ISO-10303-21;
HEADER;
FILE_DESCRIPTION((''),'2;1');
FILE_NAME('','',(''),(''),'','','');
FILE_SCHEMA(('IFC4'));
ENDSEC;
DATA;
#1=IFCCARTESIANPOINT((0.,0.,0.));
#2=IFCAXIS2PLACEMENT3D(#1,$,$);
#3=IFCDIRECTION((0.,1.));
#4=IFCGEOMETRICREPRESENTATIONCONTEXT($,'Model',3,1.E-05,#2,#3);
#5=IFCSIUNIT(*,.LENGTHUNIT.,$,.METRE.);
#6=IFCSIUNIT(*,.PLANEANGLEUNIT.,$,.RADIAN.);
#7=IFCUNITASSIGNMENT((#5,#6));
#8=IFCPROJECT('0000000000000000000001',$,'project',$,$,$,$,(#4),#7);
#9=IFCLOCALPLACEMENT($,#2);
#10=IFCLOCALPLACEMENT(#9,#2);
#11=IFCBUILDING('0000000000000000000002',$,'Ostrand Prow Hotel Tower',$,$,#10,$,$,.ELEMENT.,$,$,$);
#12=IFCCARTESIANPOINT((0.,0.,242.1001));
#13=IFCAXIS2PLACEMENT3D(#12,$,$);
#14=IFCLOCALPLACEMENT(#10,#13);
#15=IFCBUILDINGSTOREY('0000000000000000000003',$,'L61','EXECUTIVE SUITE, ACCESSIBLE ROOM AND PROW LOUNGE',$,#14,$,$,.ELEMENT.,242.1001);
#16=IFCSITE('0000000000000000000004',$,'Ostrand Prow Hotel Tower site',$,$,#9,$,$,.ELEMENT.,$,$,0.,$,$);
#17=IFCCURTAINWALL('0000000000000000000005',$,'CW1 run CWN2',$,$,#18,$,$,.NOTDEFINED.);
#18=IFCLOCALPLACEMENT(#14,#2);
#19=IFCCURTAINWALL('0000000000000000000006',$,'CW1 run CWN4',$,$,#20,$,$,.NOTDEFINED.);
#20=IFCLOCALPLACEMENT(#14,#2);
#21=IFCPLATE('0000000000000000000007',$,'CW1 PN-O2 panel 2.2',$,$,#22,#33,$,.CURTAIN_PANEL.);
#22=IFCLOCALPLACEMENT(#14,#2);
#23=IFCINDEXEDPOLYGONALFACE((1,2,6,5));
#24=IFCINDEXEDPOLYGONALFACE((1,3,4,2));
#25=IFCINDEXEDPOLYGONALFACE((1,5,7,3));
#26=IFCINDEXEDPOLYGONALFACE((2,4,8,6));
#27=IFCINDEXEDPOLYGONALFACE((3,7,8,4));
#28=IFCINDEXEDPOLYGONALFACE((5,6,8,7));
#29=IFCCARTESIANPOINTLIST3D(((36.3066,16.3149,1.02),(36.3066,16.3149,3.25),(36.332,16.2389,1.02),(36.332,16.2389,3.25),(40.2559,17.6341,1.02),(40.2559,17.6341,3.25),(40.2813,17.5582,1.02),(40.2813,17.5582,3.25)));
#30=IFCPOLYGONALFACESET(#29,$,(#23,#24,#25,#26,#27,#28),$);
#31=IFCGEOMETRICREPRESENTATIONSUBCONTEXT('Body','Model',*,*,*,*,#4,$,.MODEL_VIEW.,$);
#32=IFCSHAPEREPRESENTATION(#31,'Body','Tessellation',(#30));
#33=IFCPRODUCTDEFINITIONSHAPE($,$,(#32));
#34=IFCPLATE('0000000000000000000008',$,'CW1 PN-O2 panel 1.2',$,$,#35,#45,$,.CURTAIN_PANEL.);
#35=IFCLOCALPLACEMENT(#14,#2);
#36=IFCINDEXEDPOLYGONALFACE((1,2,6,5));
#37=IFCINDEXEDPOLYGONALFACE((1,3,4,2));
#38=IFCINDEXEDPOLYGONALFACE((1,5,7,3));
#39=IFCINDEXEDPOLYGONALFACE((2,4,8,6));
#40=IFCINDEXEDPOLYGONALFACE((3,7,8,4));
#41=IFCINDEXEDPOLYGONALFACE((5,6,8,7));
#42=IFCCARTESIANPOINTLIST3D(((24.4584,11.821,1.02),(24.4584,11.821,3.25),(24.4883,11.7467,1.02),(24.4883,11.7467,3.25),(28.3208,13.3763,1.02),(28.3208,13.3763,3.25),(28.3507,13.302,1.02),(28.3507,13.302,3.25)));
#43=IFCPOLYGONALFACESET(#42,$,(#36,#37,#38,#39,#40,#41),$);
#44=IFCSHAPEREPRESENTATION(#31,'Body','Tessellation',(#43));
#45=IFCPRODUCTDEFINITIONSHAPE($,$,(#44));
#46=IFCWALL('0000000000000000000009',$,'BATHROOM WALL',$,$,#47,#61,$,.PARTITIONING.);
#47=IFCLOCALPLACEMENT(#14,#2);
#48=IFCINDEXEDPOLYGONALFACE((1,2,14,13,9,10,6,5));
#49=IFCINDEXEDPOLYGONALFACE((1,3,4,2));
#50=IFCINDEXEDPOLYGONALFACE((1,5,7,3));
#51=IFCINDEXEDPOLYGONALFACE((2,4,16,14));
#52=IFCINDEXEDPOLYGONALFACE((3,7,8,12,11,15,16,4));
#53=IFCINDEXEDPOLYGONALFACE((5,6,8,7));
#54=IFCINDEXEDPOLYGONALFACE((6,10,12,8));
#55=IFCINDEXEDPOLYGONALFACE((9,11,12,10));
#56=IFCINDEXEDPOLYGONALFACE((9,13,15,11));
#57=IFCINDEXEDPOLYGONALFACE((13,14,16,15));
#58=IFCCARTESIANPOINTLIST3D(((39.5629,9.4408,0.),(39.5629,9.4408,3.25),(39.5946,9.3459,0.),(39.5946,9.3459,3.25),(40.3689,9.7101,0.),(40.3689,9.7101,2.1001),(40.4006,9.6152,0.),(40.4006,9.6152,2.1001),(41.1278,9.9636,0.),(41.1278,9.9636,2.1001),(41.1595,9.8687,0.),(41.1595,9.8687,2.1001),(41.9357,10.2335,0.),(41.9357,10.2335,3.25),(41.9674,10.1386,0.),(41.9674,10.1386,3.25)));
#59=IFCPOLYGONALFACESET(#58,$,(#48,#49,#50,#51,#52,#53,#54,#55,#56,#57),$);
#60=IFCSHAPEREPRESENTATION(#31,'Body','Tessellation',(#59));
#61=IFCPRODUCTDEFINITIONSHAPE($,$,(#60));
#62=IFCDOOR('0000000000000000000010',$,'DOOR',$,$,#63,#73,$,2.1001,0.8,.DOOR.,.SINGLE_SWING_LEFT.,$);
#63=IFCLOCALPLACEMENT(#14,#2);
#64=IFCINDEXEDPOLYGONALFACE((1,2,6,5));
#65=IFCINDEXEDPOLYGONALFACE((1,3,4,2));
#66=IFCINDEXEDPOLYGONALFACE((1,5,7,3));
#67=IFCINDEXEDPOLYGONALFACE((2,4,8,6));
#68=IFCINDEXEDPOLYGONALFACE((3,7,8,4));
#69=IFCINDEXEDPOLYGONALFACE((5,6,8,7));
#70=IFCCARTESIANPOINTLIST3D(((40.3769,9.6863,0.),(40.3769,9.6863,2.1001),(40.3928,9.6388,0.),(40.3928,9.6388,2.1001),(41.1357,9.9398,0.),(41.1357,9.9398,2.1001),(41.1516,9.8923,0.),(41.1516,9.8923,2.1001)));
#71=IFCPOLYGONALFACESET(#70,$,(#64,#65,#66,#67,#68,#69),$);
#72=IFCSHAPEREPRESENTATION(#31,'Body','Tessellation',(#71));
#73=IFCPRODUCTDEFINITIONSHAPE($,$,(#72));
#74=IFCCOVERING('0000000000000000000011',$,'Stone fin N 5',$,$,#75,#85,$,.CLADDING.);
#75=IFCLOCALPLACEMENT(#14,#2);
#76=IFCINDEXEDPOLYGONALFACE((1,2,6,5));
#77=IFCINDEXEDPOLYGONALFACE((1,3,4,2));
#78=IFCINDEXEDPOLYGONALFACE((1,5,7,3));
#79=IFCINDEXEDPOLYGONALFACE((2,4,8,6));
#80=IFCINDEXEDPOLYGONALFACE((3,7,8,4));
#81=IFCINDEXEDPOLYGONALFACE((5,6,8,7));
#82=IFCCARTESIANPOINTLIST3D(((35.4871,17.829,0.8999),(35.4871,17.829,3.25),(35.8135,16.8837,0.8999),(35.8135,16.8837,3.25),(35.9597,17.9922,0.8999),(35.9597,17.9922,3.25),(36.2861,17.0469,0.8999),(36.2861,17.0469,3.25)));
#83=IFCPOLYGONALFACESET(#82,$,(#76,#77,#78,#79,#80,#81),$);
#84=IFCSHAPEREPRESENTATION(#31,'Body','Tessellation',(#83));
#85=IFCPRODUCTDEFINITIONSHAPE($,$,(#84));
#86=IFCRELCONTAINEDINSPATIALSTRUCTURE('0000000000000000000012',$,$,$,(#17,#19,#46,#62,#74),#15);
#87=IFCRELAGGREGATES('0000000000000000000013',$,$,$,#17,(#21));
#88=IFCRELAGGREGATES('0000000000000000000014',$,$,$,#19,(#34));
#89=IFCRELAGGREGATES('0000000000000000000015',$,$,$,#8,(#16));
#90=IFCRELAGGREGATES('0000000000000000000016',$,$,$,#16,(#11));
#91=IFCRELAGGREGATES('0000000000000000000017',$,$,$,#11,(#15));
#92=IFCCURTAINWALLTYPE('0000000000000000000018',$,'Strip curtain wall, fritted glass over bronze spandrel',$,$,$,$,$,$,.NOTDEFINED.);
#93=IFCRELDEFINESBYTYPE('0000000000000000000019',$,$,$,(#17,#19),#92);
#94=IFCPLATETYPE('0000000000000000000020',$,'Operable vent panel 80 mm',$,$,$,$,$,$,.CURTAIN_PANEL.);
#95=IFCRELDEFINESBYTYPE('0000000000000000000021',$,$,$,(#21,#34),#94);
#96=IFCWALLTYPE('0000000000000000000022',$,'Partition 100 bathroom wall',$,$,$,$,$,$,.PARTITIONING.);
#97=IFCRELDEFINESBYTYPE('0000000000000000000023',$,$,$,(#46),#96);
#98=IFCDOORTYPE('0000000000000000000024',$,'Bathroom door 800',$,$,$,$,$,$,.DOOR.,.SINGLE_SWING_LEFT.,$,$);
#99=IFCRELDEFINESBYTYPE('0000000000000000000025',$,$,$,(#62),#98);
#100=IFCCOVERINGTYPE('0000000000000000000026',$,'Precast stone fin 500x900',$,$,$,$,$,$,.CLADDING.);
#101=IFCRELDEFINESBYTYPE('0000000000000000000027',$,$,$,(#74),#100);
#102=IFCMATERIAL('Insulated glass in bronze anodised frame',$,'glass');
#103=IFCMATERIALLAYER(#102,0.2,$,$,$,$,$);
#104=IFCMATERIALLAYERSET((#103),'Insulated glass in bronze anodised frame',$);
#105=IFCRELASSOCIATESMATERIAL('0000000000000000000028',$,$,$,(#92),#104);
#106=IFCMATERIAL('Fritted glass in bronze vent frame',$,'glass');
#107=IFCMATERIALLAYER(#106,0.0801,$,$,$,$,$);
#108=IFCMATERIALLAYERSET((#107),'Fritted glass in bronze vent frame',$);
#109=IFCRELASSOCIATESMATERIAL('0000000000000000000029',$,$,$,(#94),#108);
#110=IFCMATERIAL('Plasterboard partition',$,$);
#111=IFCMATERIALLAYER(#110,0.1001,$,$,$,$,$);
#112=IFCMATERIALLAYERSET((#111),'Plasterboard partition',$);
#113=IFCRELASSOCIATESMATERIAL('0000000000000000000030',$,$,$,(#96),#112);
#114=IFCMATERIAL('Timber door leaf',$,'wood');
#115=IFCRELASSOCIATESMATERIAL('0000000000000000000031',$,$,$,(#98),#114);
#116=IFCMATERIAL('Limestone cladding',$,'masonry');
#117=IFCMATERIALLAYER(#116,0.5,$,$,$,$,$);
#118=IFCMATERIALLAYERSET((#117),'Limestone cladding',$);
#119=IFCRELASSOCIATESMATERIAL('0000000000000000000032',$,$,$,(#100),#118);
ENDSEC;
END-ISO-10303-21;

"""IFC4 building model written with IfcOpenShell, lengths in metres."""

from ifc_helpers import new_model, si_unit, direction, frame, frame_2d, origin, origin_2d, place, context, subcontext, project, spatial, rectangle, extrude, material, layer, layer_set, type_object, element, fill, aggregate, save


model = new_model("IFC4")

# Units and contexts
model_context = context("Model", 3, precision=1e-05, world=origin(), true_north=direction((0.0, 1.0)))
body_context = subcontext(model_context, "Body", "Model", "MODEL_VIEW")
ifc_project = project(units=[si_unit("LENGTHUNIT", "METRE"), si_unit("PLANEANGLEUNIT", "RADIAN")], contexts=[model_context])

# Site, building, storey
site_placement = place(None, origin())
site = spatial("IfcSite", under=ifc_project, at=site_placement, Name="Ostrand Prow Hotel Tower site", CompositionType="ELEMENT", RefElevation=0.0)
building_placement = place(site_placement, origin())
building = spatial("IfcBuilding", under=site, at=building_placement, Name="Ostrand Prow Hotel Tower", CompositionType="ELEMENT")
storey_placement = place(building_placement, frame((0.0, 0.0, 242.1001)))
storey = spatial("IfcBuildingStorey", under=building, at=storey_placement, Name="L61", Description="EXECUTIVE SUITE, ACCESSIBLE ROOM AND PROW LOUNGE", CompositionType="ELEMENT", Elevation=242.1001)

# Curtain wall
ifc_material_1 = material(Name="Insulated glass in bronze anodised frame", Category="glass")
ifc_layer_1 = layer(ifc_material_1, 0.2)
ifc_layer_set_1 = layer_set([ifc_layer_1], Name="Insulated glass in bronze anodised frame")
curtain_wall_type = type_object("IfcCurtainWallType", Name="Strip curtain wall, fritted glass over bronze spandrel", PredefinedType="NOTDEFINED", material=ifc_layer_set_1)
curtain_wall_1_placement = place(storey_placement, origin())
curtain_wall_1 = element("IfcCurtainWall", 1, at=curtain_wall_1_placement, inside=storey, type_object=curtain_wall_type, Name="CW1 run CWN2", PredefinedType="NOTDEFINED")

# Curtain wall
curtain_wall_2_placement = place(storey_placement, origin())
curtain_wall_2 = element("IfcCurtainWall", 2, at=curtain_wall_2_placement, inside=storey, type_object=curtain_wall_type, Name="CW1 run CWN4", PredefinedType="NOTDEFINED")

# Plates
ifc_material_2 = material(Name="Fritted glass in bronze vent frame", Category="glass")
ifc_layer_2 = layer(ifc_material_2, 0.0801)
ifc_layer_set_2 = layer_set([ifc_layer_2], Name="Fritted glass in bronze vent frame")
plate_type_1 = type_object("IfcPlateType", Name="Operable vent panel 80 mm", PredefinedType="CURTAIN_PANEL", material=ifc_layer_set_2)
plate_1_placement = place(storey_placement, frame((38.2939, 16.9365, 1.02), z_axis=(0.0, 0.0, 1.0), x_axis=(-0.948479, -0.316841, 0.0)))
plate_1 = element("IfcPlate", 3, at=plate_1_placement, type_object=plate_type_1, Name="CW1 PN-O2 panel 2.2", PredefinedType="CURTAIN_PANEL", context=body_context, shape_type="SweptSolid", body=[
    extrude(rectangle(XDim=4.1638, YDim=0.0801, at=origin_2d()), origin(), (0.0, 0.0, 1.0), 2.23),
])
aggregate(curtain_wall_1, [plate_1])
plate_2_placement = place(storey_placement, frame((26.4045, 12.5615, 1.02), z_axis=(0.0, 0.0, 1.0), x_axis=(-0.927617, -0.373533, 0.0)))
plate_2 = element("IfcPlate", 4, at=plate_2_placement, type_object=plate_type_1, Name="CW1 PN-O2 panel 1.2", PredefinedType="CURTAIN_PANEL", context=body_context, shape_type="SweptSolid", body=[
    extrude(rectangle(XDim=4.1638, YDim=0.0801, at=origin_2d()), origin(), (0.0, 0.0, 1.0), 2.23),
])
aggregate(curtain_wall_2, [plate_2])

# Wall, opening, door
ifc_material_3 = material(Name="Plasterboard partition")
ifc_layer_3 = layer(ifc_material_3, 0.1001)
ifc_layer_set_3 = layer_set([ifc_layer_3], Name="Plasterboard partition")
wall_type = type_object("IfcWallType", Name="Partition 100 bathroom wall", PredefinedType="PARTITIONING", material=ifc_layer_set_3)
wall_placement = place(storey_placement, frame((39.5786, 9.3933, 0.0), z_axis=(0.0, 0.0, 1.0), x_axis=(0.948468, 0.316872, 0.0)))
wall = element("IfcWall", 5, at=wall_placement, inside=storey, type_object=wall_type, Name="BATHROOM WALL", PredefinedType="PARTITIONING", context=body_context, shape_type="SweptSolid", body=[
    extrude(rectangle(XDim=2.5017, YDim=0.1001, at=frame_2d((1.251, 0.0))), origin(), (0.0, 0.0, 1.0), 3.25),
])
opening_placement = place(wall_placement, frame((0.8501, 0.0, 0.0)))
opening = element("IfcOpeningElement", 6, at=opening_placement, cuts=wall, PredefinedType="OPENING", context=body_context, shape_type="SweptSolid", body=[
    extrude(rectangle(XDim=0.8, YDim=2.1001, at=frame_2d((0.3999, 1.05))), frame((0.0, 0.0601, 0.0), z_axis=(0.0, -1.0, 0.0), x_axis=(1.0, 0.0, 0.0)), (0.0, 0.0, 1.0), 0.1201),
])
ifc_material_4 = material(Name="Timber door leaf", Category="wood")
door_type = type_object("IfcDoorType", Name="Bathroom door 800", OperationType="SINGLE_SWING_LEFT", PredefinedType="DOOR", material=ifc_material_4)
door_placement = place(opening_placement, origin())
door = element("IfcDoor", 7, at=door_placement, inside=storey, type_object=door_type, Name="DOOR", OperationType="SINGLE_SWING_LEFT", OverallHeight=2.1001, OverallWidth=0.8, PredefinedType="DOOR", context=body_context, shape_type="SweptSolid", body=[
    extrude(rectangle(XDim=0.8, YDim=2.1001, at=frame_2d((0.3999, 1.05))), frame((0.0, 0.0249, 0.0), z_axis=(0.0, -1.0, 0.0), x_axis=(1.0, 0.0, 0.0)), (0.0, 0.0, 1.0), 0.05),
])
fill(opening, door)

# Covering
ifc_material_5 = material(Name="Limestone cladding", Category="masonry")
ifc_layer_4 = layer(ifc_material_5, 0.5)
ifc_layer_set_4 = layer_set([ifc_layer_4], Name="Limestone cladding")
covering_type = type_object("IfcCoveringType", Name="Precast stone fin 500x900", PredefinedType="CLADDING", material=ifc_layer_set_4)
covering_placement = place(storey_placement, frame((36.0498, 16.9653, 0.8999), z_axis=(0.0, 0.0, 1.0), x_axis=(-0.326389, 0.945235, 0.0)))
element("IfcCovering", 8, at=covering_placement, inside=storey, type_object=covering_type, Name="Stone fin N 5", PredefinedType="CLADDING", context=body_context, shape_type="SweptSolid", body=[
    extrude(rectangle(XDim=1.0, YDim=0.5, at=frame_2d((0.5, 0.0))), origin(), (0.0, 0.0, 1.0), 2.3501),
])

save(model, "model.ifc")
